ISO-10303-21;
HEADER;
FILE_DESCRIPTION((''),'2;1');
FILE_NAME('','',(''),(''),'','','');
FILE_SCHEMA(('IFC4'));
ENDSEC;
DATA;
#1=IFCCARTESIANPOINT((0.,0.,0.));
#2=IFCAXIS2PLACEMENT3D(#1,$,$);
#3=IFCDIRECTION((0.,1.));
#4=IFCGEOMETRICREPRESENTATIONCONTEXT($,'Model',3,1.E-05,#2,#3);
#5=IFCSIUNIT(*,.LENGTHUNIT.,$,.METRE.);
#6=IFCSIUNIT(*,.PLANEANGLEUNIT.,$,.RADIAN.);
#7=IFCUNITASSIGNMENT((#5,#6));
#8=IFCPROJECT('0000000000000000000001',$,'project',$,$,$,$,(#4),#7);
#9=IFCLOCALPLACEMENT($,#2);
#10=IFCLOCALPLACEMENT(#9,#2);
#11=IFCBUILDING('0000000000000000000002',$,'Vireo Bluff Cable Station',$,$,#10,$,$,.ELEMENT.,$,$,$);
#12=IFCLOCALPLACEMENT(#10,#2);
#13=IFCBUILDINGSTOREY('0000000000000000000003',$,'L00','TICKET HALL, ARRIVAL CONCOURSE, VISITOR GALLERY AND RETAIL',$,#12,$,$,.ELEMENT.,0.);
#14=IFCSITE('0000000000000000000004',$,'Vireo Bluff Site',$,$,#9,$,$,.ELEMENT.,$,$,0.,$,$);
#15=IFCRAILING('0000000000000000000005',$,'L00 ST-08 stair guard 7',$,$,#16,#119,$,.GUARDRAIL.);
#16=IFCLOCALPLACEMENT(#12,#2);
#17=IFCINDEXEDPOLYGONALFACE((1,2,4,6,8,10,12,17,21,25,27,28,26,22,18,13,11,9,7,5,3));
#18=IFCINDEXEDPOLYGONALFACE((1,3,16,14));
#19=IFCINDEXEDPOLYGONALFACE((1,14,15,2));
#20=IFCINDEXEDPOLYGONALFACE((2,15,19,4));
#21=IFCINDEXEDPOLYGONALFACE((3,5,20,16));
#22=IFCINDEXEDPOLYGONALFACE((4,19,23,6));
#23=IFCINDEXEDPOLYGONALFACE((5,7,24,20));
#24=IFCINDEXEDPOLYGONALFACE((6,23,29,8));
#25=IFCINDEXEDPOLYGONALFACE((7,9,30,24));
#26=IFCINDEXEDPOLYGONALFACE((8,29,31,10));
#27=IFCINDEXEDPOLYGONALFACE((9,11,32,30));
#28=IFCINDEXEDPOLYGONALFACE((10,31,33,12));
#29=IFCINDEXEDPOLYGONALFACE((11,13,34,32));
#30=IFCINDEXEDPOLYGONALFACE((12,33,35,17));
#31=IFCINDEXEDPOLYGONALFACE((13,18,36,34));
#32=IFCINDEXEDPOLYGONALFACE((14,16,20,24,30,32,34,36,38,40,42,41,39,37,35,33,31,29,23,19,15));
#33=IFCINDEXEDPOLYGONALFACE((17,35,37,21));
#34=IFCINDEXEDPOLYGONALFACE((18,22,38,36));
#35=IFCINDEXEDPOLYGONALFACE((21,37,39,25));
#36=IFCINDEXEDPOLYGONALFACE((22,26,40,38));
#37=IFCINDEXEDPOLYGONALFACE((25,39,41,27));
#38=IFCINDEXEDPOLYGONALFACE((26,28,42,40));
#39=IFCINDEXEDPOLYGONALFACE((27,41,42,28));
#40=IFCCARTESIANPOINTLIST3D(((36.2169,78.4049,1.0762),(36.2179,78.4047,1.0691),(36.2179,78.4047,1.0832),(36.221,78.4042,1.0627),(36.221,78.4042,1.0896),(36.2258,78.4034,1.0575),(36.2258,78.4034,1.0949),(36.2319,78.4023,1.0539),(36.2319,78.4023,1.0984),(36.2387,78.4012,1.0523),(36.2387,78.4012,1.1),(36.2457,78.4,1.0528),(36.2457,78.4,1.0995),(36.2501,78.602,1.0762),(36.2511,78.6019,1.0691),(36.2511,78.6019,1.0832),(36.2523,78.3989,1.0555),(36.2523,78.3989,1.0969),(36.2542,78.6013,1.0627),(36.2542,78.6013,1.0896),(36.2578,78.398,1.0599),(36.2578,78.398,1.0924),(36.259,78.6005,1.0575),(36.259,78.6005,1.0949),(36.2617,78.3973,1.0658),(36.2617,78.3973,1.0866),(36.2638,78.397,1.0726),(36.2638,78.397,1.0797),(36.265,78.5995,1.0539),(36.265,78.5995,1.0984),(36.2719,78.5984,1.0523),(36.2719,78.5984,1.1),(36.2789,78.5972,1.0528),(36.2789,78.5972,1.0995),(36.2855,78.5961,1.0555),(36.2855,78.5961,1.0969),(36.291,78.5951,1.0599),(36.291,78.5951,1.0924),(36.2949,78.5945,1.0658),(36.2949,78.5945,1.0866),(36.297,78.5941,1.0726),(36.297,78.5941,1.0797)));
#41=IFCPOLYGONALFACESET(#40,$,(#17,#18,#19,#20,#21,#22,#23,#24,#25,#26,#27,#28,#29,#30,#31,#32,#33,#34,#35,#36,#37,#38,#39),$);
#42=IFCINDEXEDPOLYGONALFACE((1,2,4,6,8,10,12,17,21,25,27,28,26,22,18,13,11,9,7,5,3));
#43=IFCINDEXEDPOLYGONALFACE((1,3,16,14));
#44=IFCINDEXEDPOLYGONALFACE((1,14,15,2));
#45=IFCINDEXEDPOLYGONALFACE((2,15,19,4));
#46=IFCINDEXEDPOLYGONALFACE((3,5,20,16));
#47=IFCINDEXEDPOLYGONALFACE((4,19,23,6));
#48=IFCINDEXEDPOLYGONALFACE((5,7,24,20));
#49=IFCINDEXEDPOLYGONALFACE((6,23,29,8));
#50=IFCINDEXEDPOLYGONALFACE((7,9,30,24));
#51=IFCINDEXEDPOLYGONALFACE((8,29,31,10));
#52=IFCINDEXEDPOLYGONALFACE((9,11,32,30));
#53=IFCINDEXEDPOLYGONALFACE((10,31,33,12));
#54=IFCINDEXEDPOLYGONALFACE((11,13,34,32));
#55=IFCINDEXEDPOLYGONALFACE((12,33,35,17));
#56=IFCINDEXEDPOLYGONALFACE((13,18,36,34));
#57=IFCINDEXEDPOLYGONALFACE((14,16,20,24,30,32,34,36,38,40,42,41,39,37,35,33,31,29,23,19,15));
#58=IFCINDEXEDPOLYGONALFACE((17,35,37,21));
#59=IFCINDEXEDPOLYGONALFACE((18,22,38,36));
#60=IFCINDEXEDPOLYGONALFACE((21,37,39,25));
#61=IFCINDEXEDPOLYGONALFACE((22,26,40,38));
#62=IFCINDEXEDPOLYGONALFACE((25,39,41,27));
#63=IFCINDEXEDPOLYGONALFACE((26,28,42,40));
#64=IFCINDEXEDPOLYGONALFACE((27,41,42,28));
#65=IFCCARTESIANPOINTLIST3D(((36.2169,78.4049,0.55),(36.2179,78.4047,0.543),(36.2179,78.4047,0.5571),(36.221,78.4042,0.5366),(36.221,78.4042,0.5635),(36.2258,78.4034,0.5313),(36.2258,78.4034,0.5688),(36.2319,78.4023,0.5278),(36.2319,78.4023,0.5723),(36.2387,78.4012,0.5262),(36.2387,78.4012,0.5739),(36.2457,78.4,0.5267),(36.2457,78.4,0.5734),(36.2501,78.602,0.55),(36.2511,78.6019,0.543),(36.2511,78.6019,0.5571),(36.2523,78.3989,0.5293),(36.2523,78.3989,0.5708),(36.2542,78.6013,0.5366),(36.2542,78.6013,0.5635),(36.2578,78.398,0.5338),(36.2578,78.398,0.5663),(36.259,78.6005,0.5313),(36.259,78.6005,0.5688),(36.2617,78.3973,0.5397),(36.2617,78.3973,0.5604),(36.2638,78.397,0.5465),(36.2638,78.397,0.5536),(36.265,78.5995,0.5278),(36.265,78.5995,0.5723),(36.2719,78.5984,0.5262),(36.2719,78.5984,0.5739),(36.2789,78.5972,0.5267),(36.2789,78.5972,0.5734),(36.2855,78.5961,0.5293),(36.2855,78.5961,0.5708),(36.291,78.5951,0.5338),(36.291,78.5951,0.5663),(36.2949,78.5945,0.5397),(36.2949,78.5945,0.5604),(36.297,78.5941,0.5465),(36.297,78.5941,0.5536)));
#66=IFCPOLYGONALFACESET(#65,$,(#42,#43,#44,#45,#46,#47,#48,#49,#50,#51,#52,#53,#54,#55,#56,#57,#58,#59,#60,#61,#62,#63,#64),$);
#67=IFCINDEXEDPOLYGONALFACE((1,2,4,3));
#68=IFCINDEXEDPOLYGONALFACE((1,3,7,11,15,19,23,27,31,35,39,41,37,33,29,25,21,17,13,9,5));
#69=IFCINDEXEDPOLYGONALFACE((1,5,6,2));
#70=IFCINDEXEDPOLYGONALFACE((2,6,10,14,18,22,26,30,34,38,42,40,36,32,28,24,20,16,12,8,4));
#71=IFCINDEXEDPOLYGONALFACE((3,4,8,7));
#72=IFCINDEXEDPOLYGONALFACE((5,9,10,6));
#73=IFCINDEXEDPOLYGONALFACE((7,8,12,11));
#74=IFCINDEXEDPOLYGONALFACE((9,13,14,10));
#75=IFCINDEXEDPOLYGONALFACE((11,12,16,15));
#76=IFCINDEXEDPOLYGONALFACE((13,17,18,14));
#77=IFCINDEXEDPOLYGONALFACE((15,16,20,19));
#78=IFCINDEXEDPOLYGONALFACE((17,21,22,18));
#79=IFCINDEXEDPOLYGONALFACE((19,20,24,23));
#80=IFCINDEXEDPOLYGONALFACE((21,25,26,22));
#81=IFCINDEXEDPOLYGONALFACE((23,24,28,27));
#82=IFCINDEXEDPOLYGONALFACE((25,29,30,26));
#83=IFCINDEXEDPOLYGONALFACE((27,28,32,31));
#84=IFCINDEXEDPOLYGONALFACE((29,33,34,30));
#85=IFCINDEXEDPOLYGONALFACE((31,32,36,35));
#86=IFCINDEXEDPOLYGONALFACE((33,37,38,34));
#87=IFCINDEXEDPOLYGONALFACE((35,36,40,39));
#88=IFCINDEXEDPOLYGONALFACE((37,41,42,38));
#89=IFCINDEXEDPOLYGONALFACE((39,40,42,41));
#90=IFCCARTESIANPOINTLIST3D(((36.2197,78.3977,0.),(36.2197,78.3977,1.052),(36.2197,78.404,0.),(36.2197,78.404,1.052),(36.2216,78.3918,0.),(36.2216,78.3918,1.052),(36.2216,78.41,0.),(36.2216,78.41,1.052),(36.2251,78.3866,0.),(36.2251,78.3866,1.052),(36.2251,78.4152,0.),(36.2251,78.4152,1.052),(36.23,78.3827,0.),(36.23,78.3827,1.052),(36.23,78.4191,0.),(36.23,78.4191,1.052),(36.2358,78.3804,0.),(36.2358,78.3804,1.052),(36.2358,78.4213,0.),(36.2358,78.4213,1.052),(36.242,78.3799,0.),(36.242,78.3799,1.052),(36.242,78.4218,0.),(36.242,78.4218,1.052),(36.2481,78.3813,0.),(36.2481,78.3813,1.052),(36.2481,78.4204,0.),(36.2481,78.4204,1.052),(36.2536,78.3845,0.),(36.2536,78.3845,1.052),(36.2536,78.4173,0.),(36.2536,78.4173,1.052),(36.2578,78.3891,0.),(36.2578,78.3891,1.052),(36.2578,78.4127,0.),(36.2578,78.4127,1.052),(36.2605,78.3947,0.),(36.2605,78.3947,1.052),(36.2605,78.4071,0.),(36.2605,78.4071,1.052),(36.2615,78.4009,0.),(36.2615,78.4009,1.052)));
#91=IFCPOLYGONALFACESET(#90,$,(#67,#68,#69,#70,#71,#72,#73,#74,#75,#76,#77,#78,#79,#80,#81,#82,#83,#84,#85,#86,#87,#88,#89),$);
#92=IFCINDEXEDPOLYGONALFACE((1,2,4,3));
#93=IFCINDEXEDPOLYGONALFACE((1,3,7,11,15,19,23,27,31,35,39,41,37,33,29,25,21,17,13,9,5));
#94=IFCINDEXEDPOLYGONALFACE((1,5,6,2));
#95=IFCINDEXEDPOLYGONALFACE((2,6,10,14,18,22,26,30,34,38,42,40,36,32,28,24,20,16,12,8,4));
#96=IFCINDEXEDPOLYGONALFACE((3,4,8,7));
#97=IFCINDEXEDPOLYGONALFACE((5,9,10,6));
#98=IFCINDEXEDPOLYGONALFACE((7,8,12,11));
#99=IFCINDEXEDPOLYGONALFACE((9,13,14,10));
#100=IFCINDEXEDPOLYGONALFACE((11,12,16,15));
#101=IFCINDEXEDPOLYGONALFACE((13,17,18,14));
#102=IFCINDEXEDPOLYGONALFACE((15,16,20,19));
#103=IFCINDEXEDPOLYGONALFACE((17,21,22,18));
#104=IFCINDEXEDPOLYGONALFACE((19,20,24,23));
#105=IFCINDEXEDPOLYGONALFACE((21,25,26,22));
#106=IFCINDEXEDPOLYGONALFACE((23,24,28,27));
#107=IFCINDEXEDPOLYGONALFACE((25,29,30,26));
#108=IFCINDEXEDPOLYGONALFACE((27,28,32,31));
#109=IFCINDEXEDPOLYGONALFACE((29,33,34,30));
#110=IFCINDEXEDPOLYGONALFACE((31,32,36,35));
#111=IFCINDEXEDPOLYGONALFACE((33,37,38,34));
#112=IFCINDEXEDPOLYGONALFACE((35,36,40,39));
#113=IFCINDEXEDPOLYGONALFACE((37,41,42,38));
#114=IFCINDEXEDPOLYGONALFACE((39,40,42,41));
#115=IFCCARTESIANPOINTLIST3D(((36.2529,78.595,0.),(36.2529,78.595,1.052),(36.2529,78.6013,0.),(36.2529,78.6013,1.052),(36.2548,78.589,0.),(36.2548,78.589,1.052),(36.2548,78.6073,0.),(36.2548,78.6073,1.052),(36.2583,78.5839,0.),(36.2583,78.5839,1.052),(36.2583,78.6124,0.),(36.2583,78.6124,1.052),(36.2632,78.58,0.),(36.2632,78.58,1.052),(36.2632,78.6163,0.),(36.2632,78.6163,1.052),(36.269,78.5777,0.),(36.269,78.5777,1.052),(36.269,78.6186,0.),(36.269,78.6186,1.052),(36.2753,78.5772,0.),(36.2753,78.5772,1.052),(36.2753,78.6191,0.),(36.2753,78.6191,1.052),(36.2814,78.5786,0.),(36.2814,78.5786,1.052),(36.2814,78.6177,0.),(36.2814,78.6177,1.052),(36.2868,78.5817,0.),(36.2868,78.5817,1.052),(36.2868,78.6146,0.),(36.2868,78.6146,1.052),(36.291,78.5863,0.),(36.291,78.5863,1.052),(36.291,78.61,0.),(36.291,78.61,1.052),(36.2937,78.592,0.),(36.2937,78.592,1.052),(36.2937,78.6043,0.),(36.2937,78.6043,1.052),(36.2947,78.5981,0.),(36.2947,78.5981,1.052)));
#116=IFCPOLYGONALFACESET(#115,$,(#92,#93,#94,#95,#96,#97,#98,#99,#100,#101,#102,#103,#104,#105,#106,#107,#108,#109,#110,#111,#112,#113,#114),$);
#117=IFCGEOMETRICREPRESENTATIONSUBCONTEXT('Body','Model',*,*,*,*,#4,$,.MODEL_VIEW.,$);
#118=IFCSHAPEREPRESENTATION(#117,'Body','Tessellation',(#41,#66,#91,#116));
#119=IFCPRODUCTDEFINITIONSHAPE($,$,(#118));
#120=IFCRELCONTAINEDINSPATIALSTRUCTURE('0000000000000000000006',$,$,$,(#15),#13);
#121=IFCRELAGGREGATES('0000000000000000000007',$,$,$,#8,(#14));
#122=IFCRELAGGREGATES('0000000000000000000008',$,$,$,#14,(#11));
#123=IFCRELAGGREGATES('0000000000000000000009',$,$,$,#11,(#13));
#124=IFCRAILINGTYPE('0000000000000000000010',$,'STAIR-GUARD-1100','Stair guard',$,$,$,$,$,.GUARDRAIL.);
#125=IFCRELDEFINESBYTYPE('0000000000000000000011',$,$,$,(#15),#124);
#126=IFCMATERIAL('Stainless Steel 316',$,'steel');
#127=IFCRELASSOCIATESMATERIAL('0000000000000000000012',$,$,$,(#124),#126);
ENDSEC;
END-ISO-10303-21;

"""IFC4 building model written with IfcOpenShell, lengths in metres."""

from ifc_helpers import new_model, si_unit, direction, frame, origin, origin_2d, place, context, subcontext, project, spatial, circle, extrude, material, type_object, element, save


model = new_model("IFC4")

# Units and contexts
model_context = context("Model", 3, precision=1e-05, world=origin(), true_north=direction((0.0, 1.0)))
body_context = subcontext(model_context, "Body", "Model", "MODEL_VIEW")
ifc_project = project(units=[si_unit("LENGTHUNIT", "METRE"), si_unit("PLANEANGLEUNIT", "RADIAN")], contexts=[model_context])

# Site, building, storey
site_placement = place(None, origin())
site = spatial("IfcSite", under=ifc_project, at=site_placement, Name="Vireo Bluff Site", CompositionType="ELEMENT", RefElevation=0.0)
building_placement = place(site_placement, origin())
building = spatial("IfcBuilding", under=site, at=building_placement, Name="Vireo Bluff Cable Station", CompositionType="ELEMENT")
storey_placement = place(building_placement, origin())
storey = spatial("IfcBuildingStorey", under=building, at=storey_placement, Name="L00", Description="TICKET HALL, ARRIVAL CONCOURSE, VISITOR GALLERY AND RETAIL", CompositionType="ELEMENT", Elevation=0.0)

# Railing
ifc_material_1 = material(Name="Stainless Steel 316", Category="steel")
railing_type = type_object("IfcRailingType", Name="STAIR-GUARD-1100", Description="Stair guard", PredefinedType="GUARDRAIL", material=ifc_material_1)
railing_1_placement = place(storey_placement, frame((36.2405, 78.4009, 0.0)))
element("IfcRailing", 1, at=railing_1_placement, inside=storey, type_object=railing_type, Name="L00 ST-08 stair guard 7", PredefinedType="GUARDRAIL", context=body_context, shape_type="SweptSolid", body=[
    extrude(circle(Radius=0.0239, at=origin_2d()), frame((0.0, 0.0, 1.0762), z_axis=(0.165982, 0.986129, 0.0), x_axis=(-0.986129, 0.165982, 0.0)), (0.0, 0.0, 1.0), 0.2),
    extrude(circle(Radius=0.0239, at=origin_2d()), frame((0.0, 0.0, 0.55), z_axis=(0.165982, 0.986129, 0.0), x_axis=(-0.986129, 0.165982, 0.0)), (0.0, 0.0, 1.0), 0.2),
    extrude(circle(Radius=0.021, at=origin_2d()), origin(), (0.0, 0.0, 1.0), 1.052),
    extrude(circle(Radius=0.021, at=origin_2d()), frame((0.0332, 0.1973, 0.0)), (0.0, 0.0, 1.0), 1.052),
])

save(model, "model.ifc")
